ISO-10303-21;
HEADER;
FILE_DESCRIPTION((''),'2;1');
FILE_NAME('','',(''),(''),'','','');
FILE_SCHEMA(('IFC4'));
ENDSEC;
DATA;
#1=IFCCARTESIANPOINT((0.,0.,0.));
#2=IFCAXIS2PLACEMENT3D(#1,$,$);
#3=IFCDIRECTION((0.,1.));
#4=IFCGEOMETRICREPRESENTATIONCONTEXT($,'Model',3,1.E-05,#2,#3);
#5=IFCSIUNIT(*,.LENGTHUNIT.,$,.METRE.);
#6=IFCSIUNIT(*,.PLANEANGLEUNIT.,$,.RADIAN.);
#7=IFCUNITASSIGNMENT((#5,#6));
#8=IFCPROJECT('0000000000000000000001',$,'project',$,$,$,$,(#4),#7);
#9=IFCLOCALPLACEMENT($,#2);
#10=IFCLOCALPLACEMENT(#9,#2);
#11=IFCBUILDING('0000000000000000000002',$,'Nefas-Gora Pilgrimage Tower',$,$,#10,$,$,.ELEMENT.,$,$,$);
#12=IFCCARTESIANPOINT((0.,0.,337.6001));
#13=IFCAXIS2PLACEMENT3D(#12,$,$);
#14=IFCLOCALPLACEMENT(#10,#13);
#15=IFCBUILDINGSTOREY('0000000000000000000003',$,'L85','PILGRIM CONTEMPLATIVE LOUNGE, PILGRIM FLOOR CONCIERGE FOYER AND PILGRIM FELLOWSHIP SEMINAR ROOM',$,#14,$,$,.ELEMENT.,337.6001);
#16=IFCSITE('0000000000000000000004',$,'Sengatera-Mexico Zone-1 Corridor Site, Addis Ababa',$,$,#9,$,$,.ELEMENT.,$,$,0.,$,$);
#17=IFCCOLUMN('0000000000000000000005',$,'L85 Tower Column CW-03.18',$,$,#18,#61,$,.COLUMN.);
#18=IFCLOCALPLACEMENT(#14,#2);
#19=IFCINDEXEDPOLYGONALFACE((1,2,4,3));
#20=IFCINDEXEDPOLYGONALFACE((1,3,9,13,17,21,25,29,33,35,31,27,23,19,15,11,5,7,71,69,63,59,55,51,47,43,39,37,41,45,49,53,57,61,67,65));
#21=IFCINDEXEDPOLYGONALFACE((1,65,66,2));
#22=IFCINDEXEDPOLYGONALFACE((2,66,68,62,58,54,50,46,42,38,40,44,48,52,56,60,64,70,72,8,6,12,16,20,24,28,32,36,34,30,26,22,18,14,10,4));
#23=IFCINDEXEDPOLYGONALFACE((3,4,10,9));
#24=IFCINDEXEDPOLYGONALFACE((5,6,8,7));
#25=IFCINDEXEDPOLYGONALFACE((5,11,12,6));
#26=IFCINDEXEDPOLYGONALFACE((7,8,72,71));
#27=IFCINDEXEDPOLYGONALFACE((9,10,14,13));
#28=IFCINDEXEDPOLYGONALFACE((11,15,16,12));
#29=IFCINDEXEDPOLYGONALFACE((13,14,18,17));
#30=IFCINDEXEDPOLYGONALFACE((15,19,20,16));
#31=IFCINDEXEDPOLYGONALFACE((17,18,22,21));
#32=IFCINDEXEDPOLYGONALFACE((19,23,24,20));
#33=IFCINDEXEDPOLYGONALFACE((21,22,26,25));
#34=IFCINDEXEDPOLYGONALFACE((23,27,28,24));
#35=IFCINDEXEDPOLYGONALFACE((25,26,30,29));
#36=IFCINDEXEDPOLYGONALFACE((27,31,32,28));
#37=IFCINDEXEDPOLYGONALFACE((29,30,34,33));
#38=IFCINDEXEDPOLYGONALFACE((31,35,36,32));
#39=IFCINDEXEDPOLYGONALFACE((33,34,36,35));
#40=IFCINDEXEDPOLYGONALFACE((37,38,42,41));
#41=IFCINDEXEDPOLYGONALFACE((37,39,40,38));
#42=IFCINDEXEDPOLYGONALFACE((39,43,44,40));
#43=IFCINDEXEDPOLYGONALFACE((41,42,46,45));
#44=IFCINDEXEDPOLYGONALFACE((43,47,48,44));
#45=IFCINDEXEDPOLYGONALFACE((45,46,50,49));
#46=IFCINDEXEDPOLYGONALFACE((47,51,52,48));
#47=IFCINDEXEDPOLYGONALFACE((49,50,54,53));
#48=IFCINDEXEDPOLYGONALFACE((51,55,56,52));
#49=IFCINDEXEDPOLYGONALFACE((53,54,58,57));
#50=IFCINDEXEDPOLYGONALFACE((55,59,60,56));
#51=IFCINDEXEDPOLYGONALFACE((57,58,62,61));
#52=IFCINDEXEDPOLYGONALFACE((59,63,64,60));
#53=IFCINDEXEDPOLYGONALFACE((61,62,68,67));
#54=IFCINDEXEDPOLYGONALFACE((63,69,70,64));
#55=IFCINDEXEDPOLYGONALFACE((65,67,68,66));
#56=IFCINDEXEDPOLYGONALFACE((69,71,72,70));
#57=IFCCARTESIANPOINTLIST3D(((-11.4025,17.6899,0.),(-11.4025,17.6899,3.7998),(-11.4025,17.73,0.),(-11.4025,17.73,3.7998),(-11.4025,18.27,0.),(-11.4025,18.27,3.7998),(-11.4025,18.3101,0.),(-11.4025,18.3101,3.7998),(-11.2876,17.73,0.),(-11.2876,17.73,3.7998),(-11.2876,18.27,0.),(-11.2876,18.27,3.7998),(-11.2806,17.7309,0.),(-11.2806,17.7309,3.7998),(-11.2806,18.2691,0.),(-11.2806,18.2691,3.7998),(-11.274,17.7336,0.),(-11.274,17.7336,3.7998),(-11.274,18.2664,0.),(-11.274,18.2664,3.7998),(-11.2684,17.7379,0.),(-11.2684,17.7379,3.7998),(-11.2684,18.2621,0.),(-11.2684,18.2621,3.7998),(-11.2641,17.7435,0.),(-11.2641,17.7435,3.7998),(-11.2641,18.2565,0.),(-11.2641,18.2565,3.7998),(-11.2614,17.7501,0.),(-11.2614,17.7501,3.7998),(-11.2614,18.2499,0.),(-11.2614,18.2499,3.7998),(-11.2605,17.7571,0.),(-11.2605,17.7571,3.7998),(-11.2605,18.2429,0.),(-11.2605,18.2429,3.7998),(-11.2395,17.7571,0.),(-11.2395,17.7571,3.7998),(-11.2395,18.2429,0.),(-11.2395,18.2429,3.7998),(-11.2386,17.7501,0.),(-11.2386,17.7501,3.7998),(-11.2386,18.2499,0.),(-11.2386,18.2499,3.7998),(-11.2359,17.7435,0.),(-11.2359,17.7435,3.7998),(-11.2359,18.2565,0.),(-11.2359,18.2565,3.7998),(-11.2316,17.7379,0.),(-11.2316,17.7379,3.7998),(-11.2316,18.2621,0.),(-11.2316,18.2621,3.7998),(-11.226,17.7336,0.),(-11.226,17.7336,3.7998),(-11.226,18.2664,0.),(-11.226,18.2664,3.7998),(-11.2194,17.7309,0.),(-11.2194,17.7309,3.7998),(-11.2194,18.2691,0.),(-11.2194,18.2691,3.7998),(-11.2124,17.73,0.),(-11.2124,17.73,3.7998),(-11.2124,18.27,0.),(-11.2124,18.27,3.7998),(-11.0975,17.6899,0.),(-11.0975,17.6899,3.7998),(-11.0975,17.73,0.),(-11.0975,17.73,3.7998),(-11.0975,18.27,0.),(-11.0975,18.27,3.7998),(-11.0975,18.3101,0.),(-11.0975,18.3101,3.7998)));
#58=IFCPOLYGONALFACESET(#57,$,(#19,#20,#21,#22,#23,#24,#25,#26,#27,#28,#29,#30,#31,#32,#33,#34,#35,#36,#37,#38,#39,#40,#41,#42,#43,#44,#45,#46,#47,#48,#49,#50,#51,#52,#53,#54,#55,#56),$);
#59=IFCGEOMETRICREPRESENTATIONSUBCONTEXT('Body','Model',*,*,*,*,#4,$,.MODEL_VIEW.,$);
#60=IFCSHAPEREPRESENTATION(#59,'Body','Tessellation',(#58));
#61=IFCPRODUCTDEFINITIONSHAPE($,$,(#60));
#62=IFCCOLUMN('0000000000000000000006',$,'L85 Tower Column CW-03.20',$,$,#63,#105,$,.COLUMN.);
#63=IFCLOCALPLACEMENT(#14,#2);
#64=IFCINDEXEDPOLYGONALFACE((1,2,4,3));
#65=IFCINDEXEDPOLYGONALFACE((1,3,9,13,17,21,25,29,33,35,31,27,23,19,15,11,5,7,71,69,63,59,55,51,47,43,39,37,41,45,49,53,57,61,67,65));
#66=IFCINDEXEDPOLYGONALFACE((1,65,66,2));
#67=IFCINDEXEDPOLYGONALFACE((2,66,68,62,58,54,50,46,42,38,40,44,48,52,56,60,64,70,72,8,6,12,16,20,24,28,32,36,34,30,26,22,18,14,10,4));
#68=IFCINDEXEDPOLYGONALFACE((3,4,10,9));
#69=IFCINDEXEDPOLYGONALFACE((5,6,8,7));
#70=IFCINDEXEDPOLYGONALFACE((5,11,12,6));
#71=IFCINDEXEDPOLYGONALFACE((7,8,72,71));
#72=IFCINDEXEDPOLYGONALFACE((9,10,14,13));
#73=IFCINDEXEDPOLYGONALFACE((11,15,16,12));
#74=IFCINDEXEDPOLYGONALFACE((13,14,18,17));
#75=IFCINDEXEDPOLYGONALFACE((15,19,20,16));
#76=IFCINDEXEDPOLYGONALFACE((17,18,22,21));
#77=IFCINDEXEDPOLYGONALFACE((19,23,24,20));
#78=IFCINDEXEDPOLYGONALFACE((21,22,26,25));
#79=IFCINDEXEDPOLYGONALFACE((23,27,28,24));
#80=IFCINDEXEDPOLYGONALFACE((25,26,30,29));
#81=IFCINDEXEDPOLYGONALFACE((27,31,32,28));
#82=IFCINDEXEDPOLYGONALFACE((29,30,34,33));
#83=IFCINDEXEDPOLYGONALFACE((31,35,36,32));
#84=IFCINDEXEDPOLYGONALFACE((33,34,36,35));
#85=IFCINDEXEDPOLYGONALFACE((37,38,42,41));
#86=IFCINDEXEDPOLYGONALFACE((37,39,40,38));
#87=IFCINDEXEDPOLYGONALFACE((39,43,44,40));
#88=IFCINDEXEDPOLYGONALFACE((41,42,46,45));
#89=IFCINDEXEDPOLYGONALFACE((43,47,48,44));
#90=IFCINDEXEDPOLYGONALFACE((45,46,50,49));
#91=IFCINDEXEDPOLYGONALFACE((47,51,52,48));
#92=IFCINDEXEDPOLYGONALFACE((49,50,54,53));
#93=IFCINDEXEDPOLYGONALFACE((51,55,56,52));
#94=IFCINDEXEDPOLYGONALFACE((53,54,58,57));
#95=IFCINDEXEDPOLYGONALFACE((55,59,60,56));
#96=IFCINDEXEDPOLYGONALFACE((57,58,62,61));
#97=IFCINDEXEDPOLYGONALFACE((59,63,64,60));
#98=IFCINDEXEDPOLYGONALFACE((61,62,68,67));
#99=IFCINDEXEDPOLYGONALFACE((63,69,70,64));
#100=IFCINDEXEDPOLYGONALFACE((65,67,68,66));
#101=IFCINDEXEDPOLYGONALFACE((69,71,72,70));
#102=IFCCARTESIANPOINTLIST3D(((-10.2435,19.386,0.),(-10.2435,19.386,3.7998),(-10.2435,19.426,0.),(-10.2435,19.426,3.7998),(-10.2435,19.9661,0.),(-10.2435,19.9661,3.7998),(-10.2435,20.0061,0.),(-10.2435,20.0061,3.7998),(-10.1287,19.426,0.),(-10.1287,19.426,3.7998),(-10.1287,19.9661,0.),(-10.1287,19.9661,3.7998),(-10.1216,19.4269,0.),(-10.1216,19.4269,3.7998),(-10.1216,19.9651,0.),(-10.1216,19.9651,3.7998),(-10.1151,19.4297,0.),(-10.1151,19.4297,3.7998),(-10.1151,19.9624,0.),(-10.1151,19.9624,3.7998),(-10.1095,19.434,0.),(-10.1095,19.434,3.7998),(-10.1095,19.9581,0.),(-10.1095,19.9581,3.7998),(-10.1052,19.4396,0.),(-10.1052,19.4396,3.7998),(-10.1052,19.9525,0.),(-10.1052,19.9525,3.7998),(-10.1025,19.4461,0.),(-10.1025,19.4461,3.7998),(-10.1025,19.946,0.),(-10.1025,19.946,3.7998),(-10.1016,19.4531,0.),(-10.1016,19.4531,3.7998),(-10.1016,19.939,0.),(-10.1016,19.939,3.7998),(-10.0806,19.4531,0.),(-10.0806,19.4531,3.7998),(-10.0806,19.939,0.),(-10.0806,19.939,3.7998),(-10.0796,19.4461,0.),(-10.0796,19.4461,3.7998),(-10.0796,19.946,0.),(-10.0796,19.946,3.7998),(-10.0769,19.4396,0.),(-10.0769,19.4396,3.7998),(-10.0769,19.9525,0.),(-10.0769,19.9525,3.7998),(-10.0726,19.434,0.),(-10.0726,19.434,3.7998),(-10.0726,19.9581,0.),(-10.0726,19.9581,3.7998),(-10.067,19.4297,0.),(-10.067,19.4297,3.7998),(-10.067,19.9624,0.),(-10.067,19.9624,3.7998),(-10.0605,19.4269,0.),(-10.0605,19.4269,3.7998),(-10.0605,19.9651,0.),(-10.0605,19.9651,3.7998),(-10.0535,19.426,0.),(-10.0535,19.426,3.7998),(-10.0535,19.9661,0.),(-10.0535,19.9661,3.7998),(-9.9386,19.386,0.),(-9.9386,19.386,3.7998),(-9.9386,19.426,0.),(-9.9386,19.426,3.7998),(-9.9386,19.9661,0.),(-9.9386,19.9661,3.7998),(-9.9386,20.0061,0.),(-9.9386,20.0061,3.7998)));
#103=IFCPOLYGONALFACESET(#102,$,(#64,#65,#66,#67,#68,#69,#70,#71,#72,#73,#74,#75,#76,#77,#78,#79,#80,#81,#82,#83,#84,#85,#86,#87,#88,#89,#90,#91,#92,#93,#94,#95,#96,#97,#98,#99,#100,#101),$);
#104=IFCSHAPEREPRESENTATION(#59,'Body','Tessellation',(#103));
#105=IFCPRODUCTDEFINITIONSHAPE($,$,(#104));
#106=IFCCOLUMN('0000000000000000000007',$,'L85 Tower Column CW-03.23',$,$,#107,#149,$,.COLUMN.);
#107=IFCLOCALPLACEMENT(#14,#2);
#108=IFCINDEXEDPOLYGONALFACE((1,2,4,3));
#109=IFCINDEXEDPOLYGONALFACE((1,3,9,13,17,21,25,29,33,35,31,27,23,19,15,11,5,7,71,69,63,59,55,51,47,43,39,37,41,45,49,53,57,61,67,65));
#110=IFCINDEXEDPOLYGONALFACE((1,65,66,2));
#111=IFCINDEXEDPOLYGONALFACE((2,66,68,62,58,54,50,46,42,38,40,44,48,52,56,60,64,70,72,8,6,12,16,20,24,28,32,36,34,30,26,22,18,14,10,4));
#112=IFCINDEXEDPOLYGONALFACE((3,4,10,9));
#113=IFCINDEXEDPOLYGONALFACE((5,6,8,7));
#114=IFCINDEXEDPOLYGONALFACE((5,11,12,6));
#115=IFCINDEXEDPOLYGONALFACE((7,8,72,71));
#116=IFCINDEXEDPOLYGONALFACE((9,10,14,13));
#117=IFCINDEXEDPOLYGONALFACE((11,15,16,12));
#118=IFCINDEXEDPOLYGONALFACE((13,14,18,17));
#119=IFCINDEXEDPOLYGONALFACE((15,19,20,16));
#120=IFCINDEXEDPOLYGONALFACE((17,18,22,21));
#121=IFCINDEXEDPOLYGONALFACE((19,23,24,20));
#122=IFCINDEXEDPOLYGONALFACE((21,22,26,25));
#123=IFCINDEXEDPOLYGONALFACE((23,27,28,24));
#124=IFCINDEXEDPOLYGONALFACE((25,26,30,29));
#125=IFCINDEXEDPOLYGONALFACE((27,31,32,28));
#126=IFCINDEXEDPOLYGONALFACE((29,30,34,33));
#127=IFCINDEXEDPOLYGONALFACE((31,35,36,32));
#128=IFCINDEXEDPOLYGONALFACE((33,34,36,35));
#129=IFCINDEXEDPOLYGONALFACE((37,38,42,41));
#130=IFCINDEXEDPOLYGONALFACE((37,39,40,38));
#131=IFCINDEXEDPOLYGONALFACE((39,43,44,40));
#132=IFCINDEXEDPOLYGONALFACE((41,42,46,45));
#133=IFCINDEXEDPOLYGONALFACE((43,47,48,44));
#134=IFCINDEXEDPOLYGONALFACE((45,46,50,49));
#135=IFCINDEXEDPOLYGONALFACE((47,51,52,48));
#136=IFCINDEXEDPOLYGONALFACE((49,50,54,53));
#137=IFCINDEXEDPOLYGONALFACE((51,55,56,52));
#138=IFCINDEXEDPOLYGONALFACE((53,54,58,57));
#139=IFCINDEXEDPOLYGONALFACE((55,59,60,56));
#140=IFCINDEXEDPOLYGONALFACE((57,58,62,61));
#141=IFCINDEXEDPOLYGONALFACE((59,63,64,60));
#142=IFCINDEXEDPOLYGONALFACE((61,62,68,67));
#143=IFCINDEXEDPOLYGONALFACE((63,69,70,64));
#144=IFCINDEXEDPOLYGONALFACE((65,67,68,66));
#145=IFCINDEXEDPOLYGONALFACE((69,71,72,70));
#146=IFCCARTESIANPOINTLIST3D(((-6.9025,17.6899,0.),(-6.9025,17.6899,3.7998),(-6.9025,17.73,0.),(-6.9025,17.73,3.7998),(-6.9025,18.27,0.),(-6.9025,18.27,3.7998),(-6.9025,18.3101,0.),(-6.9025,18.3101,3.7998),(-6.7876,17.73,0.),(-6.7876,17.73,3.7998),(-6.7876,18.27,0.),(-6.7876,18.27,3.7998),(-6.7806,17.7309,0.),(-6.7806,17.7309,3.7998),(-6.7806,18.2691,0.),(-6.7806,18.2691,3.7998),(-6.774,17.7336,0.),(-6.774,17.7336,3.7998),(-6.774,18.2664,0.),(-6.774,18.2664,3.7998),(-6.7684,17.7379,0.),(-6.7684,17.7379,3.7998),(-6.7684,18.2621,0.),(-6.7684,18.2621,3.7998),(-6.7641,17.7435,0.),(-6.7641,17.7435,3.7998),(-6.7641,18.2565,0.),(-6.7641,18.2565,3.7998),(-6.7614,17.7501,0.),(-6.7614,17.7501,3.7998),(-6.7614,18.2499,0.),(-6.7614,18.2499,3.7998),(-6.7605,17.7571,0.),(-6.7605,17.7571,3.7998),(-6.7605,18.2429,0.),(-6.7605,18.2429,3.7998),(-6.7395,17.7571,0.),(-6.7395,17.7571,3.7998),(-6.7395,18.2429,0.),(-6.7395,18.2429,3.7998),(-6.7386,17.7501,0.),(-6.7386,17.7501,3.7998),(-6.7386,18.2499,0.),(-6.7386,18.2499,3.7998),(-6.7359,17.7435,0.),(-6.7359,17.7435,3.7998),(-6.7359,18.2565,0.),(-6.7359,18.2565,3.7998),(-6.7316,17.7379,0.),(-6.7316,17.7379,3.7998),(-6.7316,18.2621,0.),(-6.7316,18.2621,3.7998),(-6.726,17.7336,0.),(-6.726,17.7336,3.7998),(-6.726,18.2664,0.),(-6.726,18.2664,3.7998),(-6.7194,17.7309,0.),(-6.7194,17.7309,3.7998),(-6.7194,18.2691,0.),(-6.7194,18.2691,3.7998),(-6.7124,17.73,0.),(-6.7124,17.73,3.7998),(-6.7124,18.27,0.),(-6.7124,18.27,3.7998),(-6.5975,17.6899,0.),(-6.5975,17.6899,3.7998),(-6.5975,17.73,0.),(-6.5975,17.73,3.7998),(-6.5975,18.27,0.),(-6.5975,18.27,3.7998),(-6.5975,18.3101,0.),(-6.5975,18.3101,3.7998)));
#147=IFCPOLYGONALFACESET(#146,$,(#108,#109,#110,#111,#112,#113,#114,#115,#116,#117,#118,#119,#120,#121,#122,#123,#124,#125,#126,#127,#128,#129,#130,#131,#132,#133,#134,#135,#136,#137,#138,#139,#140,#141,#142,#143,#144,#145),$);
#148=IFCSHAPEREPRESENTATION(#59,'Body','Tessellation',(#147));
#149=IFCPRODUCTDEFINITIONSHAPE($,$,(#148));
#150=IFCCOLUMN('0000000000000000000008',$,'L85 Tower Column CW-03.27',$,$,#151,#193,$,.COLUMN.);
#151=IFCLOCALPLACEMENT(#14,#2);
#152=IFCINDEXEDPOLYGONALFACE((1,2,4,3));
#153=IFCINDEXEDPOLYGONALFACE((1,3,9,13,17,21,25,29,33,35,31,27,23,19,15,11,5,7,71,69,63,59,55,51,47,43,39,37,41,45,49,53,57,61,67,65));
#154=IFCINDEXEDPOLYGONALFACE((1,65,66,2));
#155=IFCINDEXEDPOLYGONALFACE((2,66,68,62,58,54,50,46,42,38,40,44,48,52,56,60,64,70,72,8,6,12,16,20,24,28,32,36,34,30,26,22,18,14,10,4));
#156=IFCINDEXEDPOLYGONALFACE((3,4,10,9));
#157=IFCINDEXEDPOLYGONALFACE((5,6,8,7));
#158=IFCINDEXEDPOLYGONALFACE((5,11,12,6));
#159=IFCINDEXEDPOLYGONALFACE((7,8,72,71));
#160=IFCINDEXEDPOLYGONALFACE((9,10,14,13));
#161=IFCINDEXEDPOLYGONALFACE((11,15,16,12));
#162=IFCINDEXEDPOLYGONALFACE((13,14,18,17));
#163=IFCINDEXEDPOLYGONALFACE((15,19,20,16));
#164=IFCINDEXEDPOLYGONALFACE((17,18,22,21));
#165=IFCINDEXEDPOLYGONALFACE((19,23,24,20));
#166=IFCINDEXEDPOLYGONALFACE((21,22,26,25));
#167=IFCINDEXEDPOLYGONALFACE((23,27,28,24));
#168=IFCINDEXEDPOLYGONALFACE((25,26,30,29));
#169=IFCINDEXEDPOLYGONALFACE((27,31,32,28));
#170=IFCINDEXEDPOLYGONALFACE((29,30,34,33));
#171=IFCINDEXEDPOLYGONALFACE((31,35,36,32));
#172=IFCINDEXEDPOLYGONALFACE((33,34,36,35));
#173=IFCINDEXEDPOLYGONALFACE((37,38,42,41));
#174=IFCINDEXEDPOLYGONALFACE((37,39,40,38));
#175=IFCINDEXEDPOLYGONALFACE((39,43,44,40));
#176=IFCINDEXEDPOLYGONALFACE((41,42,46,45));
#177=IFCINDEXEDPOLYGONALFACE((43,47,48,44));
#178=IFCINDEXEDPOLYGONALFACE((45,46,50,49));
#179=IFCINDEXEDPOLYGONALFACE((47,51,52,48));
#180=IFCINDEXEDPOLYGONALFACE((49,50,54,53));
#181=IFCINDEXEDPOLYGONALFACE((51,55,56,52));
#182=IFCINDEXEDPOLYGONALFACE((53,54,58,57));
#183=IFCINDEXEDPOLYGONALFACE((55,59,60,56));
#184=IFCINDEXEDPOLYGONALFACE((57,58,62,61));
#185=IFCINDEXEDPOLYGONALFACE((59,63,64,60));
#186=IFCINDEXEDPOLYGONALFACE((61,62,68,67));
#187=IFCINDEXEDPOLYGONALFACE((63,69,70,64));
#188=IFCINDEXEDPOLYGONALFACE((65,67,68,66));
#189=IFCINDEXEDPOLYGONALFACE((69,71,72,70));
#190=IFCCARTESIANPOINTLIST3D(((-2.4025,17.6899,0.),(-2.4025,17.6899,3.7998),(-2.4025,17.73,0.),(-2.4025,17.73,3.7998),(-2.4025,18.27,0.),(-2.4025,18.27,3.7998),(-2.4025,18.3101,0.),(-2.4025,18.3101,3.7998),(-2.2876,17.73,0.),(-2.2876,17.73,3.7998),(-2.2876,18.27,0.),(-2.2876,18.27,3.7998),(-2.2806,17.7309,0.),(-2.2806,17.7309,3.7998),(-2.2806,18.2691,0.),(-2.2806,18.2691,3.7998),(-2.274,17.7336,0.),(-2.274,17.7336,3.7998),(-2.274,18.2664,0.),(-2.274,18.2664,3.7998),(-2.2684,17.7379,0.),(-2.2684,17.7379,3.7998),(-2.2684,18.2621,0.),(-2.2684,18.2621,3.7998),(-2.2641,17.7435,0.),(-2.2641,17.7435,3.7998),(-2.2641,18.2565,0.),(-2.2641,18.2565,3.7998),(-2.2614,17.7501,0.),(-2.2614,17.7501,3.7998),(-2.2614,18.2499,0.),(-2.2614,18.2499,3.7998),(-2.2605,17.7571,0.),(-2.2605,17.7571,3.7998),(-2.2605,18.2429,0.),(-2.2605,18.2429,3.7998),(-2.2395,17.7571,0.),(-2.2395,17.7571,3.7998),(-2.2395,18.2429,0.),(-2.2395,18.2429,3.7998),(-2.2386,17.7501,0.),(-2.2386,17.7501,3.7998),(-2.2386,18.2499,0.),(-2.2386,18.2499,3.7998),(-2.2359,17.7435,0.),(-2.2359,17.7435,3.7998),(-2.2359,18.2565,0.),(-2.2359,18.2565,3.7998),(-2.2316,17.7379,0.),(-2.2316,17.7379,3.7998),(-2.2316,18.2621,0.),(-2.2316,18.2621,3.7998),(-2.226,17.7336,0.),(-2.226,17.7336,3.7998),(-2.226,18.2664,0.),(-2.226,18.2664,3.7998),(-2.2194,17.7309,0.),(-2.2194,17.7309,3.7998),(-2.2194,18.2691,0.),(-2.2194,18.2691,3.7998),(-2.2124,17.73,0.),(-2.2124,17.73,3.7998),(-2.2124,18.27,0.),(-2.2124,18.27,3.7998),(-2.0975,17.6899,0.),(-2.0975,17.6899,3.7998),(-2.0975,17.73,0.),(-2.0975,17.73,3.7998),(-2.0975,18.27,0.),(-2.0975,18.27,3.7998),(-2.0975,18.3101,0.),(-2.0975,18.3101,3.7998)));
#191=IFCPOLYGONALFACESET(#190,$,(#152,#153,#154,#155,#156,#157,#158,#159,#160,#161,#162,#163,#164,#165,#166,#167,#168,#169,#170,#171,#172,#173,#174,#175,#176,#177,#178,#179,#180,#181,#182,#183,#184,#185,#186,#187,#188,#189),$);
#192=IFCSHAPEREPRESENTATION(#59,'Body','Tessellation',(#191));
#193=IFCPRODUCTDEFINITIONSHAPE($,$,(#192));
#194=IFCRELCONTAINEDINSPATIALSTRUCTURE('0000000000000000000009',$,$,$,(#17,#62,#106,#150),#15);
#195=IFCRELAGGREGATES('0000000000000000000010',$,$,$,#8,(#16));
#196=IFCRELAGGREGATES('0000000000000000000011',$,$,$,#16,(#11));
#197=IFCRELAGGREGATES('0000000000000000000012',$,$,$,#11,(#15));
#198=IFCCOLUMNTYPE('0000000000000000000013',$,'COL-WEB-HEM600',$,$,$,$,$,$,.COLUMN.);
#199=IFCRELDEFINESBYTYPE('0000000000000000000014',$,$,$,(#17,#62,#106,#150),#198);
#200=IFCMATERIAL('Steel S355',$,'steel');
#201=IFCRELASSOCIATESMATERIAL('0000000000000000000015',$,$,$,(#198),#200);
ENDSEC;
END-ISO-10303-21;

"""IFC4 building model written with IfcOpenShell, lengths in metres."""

from ifc_helpers import new_model, si_unit, direction, frame, origin, origin_2d, place, context, subcontext, project, spatial, i_section, extrude, source, transform, mapped, material, material_profile, profile_set, type_object, element, save


model = new_model("IFC4")

# Units and contexts
model_context = context("Model", 3, precision=1e-05, world=origin(), true_north=direction((0.0, 1.0)))
body_context = subcontext(model_context, "Body", "Model", "MODEL_VIEW")
ifc_project = project(units=[si_unit("LENGTHUNIT", "METRE"), si_unit("PLANEANGLEUNIT", "RADIAN")], contexts=[model_context])

# Site, building, storey
site_placement = place(None, origin())
site = spatial("IfcSite", under=ifc_project, at=site_placement, Name="Sengatera-Mexico Zone-1 Corridor Site, Addis Ababa", CompositionType="ELEMENT", RefElevation=0.0)
building_placement = place(site_placement, origin())
building = spatial("IfcBuilding", under=site, at=building_placement, Name="Nefas-Gora Pilgrimage Tower", CompositionType="ELEMENT")
storey_placement = place(building_placement, frame((0.0, 0.0, 337.6001)))
storey = spatial("IfcBuildingStorey", under=building, at=storey_placement, Name="L85", Description="PILGRIM CONTEMPLATIVE LOUNGE, PILGRIM FLOOR CONCIERGE FOYER AND PILGRIM FELLOWSHIP SEMINAR ROOM", CompositionType="ELEMENT", Elevation=337.6001)

# Columns
ifc_material_1 = material(Name="Steel S355", Category="steel")
ifc_material_profile_1 = material_profile(ifc_material_1, i_section(OverallWidth=0.3049, OverallDepth=0.6201, WebThickness=0.021, FlangeThickness=0.04, FilletRadius=0.0271, at=origin_2d()), Name="HEM 600")
ifc_profile_set_1 = profile_set([ifc_material_profile_1], Name="Steel S355")
column_type_1 = type_object("IfcColumnType", Name="COL-WEB-HEM600", PredefinedType="COLUMN", material=ifc_profile_set_1)
shared_shape_1 = source(origin(), body_context, "Body", "SweptSolid", [
    extrude(i_section(OverallWidth=0.3049, OverallDepth=0.6201, WebThickness=0.021, FlangeThickness=0.04, FilletRadius=0.0271, at=origin_2d()), origin(), (0.0, 0.0, 1.0), 3.7998),
])
for number, where, z_axis, x_axis, name in (
    (1, (-11.25, 18.0, 0.0), (0.0, 0.0, 1.0), (1.0, 0.0, 0.0), "L85 Tower Column CW-03.18"),
    (2, (-10.0911, 19.696, 0.0), (0.0, 0.0, 1.0), (1.0, 0.0, 0.0), "L85 Tower Column CW-03.20"),
    (3, (-6.75, 18.0, 0.0), (0.0, 0.0, 1.0), (1.0, 0.0, 0.0), "L85 Tower Column CW-03.23"),
    (4, (-2.25, 18.0, 0.0), (0.0, 0.0, 1.0), (1.0, 0.0, 0.0), "L85 Tower Column CW-03.27"),
):
    element("IfcColumn", number, at=place(storey_placement, frame(where, z_axis=z_axis, x_axis=x_axis)), inside=storey, type_object=column_type_1, Name=name, PredefinedType="COLUMN", context=body_context, shape_type="MappedRepresentation", body=[
        mapped(shared_shape_1, transform((0.0, 0.0, 0.0), x_axis=(1.0, 0.0, 0.0), y_axis=(0.0, 1.0, 0.0), z_axis=(0.0, 0.0, 1.0), scale=1.0)),
    ])

save(model, "model.ifc")
